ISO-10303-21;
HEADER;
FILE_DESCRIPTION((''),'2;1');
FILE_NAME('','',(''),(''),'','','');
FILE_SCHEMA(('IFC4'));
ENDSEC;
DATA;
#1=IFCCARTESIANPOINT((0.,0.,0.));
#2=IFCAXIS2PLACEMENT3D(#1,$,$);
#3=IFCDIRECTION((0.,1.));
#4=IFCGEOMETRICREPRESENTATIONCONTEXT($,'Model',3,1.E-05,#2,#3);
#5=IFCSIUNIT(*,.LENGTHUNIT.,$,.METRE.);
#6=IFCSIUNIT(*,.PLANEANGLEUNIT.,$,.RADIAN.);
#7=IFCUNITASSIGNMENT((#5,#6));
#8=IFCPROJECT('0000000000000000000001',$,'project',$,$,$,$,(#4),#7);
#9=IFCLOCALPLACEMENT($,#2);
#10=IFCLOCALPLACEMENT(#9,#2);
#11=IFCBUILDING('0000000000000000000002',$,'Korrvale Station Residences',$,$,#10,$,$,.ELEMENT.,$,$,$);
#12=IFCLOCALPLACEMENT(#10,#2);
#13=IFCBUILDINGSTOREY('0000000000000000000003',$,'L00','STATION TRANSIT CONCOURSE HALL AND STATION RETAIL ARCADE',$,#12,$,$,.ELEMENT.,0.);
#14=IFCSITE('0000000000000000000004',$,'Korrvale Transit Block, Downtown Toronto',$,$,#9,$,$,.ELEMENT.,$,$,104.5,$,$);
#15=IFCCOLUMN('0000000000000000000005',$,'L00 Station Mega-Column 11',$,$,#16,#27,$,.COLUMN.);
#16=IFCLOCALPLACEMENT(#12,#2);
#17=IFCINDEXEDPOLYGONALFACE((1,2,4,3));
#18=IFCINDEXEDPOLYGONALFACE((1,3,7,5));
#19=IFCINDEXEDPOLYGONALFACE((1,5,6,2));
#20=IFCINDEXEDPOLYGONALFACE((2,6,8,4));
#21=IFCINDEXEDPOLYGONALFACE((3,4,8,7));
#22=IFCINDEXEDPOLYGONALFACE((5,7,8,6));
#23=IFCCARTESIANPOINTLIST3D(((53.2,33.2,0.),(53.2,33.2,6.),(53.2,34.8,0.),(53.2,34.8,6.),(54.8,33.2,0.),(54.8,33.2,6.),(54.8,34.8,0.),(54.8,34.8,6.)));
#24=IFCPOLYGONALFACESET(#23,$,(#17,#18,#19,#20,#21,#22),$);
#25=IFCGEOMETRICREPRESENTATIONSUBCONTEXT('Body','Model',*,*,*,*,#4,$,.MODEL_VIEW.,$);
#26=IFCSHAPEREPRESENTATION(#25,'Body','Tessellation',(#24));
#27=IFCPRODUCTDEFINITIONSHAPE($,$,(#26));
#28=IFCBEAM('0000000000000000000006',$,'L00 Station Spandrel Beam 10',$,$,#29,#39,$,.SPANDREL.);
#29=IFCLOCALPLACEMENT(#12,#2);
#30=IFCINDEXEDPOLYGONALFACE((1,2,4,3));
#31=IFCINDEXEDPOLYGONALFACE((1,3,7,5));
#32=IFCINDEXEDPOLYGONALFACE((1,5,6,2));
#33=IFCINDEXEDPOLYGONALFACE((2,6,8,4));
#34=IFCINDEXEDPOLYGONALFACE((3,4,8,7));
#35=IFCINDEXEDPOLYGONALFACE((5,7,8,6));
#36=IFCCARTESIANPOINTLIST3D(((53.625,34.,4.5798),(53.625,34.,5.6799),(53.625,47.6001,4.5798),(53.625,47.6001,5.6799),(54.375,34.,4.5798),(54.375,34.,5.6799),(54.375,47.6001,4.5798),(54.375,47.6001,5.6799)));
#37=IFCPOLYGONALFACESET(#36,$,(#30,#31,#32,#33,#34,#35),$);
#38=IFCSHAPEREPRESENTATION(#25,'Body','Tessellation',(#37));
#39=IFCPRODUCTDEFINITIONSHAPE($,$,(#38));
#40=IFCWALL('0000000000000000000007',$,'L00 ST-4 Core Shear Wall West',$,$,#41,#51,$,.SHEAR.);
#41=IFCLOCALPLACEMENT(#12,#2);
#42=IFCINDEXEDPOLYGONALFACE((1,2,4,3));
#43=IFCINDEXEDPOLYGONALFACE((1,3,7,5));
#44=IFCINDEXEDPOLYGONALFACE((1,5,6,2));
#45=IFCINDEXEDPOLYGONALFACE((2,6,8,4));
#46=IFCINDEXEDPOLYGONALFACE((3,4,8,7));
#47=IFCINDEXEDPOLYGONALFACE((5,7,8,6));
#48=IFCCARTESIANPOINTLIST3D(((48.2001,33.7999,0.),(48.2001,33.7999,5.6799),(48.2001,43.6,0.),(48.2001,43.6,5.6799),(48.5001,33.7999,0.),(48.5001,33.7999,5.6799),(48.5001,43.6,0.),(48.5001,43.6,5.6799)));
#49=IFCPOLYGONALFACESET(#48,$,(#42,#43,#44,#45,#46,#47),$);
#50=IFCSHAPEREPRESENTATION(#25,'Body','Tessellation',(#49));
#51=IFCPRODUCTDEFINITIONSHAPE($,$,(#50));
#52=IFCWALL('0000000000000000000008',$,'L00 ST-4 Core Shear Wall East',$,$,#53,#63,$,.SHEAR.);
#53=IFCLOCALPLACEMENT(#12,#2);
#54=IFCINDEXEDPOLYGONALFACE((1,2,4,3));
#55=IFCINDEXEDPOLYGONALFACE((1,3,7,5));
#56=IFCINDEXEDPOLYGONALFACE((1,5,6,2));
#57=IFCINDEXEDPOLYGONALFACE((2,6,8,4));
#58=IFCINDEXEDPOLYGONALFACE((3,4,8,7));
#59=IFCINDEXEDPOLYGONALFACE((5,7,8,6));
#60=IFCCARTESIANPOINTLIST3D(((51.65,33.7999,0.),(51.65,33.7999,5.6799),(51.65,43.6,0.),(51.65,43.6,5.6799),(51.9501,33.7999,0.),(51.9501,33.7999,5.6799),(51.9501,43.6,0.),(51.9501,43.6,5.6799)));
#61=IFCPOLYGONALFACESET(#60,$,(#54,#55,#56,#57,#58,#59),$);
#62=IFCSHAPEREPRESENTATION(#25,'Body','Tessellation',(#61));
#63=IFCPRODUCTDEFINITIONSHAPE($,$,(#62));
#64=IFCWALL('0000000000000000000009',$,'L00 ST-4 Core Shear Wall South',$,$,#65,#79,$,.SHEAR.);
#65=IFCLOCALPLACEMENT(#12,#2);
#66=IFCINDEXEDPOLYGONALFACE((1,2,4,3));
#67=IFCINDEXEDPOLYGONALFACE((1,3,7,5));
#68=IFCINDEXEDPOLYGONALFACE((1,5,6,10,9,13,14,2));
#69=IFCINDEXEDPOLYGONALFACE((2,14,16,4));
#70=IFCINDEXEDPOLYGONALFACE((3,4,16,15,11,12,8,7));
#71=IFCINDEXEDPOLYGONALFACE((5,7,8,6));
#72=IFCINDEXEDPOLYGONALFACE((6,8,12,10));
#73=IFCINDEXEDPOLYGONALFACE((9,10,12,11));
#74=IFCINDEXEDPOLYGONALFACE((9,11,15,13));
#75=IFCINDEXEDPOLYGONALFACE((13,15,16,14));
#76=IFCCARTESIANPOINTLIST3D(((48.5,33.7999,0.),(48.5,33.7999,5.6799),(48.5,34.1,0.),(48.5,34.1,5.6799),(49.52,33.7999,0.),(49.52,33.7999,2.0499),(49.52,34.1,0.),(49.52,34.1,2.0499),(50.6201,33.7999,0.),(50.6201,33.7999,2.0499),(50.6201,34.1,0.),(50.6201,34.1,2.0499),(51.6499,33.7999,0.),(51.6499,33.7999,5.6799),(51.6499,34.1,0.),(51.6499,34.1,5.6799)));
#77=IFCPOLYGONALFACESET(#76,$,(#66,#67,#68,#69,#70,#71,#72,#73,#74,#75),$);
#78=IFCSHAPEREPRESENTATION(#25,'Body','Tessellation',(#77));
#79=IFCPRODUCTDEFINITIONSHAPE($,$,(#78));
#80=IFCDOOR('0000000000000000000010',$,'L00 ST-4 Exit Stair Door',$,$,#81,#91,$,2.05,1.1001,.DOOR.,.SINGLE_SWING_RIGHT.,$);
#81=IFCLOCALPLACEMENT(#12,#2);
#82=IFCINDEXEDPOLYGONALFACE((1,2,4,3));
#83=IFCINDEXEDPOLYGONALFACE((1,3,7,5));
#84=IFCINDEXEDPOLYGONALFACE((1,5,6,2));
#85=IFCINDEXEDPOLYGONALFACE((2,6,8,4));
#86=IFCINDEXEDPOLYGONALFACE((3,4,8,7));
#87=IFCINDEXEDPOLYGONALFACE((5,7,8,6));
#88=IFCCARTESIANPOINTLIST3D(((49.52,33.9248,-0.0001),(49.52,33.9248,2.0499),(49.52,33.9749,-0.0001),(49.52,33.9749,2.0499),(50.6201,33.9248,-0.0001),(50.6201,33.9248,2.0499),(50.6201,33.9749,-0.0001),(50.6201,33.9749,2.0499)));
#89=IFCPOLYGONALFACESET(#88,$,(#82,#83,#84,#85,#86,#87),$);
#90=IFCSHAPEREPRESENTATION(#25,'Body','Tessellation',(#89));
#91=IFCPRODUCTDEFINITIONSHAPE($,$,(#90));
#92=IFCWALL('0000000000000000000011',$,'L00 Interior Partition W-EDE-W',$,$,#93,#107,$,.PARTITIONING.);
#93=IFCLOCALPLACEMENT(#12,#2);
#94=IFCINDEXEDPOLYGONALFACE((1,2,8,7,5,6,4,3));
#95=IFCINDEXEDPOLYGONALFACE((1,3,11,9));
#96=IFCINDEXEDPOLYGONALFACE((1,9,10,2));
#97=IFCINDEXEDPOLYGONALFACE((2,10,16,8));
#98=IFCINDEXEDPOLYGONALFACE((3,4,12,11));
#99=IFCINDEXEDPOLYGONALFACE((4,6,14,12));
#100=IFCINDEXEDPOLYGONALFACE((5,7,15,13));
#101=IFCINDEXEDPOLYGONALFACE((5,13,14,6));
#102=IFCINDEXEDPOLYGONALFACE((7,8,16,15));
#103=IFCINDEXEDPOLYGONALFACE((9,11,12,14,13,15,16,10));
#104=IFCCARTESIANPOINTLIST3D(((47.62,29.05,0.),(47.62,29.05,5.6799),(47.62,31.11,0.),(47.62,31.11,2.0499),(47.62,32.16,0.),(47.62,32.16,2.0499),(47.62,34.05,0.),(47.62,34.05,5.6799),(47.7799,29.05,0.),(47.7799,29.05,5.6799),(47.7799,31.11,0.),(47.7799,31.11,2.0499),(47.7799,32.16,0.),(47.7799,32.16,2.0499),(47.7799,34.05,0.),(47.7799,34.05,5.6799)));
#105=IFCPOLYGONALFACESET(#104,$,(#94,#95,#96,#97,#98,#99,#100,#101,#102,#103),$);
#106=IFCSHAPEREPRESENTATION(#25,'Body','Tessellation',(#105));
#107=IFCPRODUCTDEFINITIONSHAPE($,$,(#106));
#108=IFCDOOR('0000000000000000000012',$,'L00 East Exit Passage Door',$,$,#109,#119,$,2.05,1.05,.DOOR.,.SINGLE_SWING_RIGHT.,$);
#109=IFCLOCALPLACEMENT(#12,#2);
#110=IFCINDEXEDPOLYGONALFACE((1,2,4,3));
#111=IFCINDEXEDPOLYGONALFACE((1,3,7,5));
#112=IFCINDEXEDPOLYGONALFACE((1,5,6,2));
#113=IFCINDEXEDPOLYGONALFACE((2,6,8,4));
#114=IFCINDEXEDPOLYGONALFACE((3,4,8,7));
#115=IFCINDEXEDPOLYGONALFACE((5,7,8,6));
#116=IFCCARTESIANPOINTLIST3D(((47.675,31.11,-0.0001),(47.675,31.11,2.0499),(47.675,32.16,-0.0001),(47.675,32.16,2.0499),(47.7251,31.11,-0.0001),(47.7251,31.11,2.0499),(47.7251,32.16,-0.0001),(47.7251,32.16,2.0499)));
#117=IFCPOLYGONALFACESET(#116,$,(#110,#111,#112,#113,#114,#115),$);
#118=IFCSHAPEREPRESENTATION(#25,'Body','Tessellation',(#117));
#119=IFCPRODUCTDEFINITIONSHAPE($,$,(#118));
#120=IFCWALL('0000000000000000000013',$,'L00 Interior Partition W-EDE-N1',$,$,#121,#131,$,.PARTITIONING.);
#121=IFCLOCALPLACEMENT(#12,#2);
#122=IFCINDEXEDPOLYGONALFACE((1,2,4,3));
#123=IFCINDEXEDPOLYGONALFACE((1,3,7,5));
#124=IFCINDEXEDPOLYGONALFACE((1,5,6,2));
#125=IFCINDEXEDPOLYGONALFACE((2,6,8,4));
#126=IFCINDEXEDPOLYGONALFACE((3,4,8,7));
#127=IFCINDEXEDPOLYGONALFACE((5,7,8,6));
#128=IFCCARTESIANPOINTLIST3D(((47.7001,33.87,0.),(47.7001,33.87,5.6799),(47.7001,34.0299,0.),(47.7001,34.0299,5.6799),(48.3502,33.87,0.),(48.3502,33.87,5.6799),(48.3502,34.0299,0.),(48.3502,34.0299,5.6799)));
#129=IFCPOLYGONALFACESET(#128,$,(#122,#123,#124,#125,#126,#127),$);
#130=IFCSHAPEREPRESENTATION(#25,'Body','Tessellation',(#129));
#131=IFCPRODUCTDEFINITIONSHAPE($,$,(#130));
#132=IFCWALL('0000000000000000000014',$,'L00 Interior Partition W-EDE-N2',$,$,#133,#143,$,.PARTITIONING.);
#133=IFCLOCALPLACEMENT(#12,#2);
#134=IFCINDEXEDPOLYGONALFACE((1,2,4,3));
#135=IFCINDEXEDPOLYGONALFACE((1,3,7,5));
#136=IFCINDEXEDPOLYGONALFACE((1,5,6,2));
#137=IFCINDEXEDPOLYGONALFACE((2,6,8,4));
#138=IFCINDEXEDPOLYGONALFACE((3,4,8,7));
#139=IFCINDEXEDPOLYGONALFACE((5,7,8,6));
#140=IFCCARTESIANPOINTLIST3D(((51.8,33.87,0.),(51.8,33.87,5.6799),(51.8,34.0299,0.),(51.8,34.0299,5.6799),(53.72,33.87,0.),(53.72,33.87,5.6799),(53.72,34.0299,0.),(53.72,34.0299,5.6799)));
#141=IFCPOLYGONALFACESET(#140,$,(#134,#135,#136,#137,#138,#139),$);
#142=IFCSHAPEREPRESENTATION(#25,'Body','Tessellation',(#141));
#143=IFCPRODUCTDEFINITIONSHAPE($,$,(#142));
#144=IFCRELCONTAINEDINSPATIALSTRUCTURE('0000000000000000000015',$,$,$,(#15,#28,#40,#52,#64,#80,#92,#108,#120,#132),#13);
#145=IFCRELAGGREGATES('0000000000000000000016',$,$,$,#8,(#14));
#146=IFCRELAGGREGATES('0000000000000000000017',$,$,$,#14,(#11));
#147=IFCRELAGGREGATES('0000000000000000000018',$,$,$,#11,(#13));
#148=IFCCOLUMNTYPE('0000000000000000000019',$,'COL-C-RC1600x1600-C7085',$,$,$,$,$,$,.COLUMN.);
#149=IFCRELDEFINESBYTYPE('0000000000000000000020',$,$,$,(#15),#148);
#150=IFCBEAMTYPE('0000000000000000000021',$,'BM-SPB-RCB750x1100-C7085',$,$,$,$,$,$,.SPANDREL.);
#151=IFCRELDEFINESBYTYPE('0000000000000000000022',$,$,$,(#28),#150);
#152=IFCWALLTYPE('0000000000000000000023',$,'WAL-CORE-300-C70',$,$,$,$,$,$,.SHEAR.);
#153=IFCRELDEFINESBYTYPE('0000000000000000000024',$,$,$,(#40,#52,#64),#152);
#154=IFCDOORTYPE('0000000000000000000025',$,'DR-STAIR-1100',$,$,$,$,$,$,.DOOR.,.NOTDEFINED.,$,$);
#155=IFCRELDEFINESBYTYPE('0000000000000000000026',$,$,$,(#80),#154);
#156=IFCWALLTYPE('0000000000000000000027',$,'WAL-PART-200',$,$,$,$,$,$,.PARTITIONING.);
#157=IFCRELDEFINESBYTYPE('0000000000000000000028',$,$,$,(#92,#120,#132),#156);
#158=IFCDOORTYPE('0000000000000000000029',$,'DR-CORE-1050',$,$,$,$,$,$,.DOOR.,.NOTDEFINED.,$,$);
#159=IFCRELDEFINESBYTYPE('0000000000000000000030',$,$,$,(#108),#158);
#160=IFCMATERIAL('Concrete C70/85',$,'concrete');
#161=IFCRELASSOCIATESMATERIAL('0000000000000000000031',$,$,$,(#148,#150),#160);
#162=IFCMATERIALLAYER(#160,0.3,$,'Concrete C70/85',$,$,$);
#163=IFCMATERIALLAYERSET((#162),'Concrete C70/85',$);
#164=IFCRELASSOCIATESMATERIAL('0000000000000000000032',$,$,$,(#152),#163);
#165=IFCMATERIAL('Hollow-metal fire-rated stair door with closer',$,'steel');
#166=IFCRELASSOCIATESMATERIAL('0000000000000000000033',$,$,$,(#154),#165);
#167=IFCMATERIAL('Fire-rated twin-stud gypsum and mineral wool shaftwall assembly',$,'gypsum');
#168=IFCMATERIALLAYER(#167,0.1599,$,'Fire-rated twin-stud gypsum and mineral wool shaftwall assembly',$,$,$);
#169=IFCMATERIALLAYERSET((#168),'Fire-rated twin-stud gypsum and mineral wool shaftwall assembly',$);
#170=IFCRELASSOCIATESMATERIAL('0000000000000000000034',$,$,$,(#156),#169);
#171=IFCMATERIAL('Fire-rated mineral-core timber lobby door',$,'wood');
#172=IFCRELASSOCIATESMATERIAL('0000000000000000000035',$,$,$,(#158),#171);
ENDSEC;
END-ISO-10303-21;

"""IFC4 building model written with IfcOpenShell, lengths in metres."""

from ifc_helpers import new_model, si_unit, direction, frame, frame_2d, origin, origin_2d, place, context, subcontext, project, spatial, rectangle, extrude, material, layer, layer_set, material_profile, profile_set, type_object, element, fill, save


model = new_model("IFC4")

# Units and contexts
model_context = context("Model", 3, precision=1e-05, world=origin(), true_north=direction((0.0, 1.0)))
body_context = subcontext(model_context, "Body", "Model", "MODEL_VIEW")
ifc_project = project(units=[si_unit("LENGTHUNIT", "METRE"), si_unit("PLANEANGLEUNIT", "RADIAN")], contexts=[model_context])

# Site, building, storey
site_placement = place(None, origin())
site = spatial("IfcSite", under=ifc_project, at=site_placement, Name="Korrvale Transit Block, Downtown Toronto", CompositionType="ELEMENT", RefElevation=104.5)
building_placement = place(site_placement, origin())
building = spatial("IfcBuilding", under=site, at=building_placement, Name="Korrvale Station Residences", CompositionType="ELEMENT")
storey_placement = place(building_placement, origin())
storey = spatial("IfcBuildingStorey", under=building, at=storey_placement, Name="L00", Description="STATION TRANSIT CONCOURSE HALL AND STATION RETAIL ARCADE", CompositionType="ELEMENT", Elevation=0.0)

# Column
ifc_material_1 = material(Name="Concrete C70/85", Category="concrete")
ifc_material_profile_1 = material_profile(ifc_material_1, rectangle(XDim=1.6001, YDim=1.6001, at=origin_2d()), Name="RC1600x1600")
ifc_profile_set_1 = profile_set([ifc_material_profile_1], Name="Concrete C70/85")
column_type = type_object("IfcColumnType", Name="COL-C-RC1600x1600-C7085", PredefinedType="COLUMN", material=ifc_profile_set_1)
column_placement = place(storey_placement, frame((54.0, 34.0, 0.0), z_axis=(0.0, 0.0, 1.0), x_axis=(1.0, 0.0, 0.0)))
element("IfcColumn", 1, at=column_placement, inside=storey, type_object=column_type, Name="L00 Station Mega-Column 11", PredefinedType="COLUMN", context=body_context, shape_type="SweptSolid", body=[
    extrude(rectangle(XDim=1.6001, YDim=1.6001, at=origin_2d()), origin(), (0.0, 0.0, 1.0), 6.0),
])

# Beam
ifc_material_profile_2 = material_profile(ifc_material_1, rectangle(XDim=0.75, YDim=1.1001, at=origin_2d()), Name="RCB750x1100")
ifc_profile_set_2 = profile_set([ifc_material_profile_2], Name="Concrete C70/85")
beam_type = type_object("IfcBeamType", Name="BM-SPB-RCB750x1100-C7085", PredefinedType="SPANDREL", material=ifc_profile_set_2)
beam_placement = place(storey_placement, frame((54.0, 34.0, 5.1299), z_axis=(0.0, 1.0, 0.0), x_axis=(-1.0, 0.0, 0.0)))
element("IfcBeam", 2, at=beam_placement, inside=storey, type_object=beam_type, Name="L00 Station Spandrel Beam 10", PredefinedType="SPANDREL", context=body_context, shape_type="SweptSolid", body=[
    extrude(rectangle(XDim=0.75, YDim=1.1001, at=origin_2d()), origin(), (0.0, 0.0, 1.0), 13.6001),
])

# Walls
ifc_layer_1 = layer(ifc_material_1, 0.3, Name="Concrete C70/85")
ifc_layer_set_1 = layer_set([ifc_layer_1], Name="Concrete C70/85")
wall_type_1 = type_object("IfcWallType", Name="WAL-CORE-300-C70", PredefinedType="SHEAR", material=ifc_layer_set_1)
for number, where, z_axis, x_axis, name in (
    (3, (48.3501, 33.8, 0.0), (0.0, 0.0, 1.0), (0.0, 1.0, 0.0), "L00 ST-4 Core Shear Wall West"),
    (4, (51.8, 33.8, 0.0), (0.0, 0.0, 1.0), (0.0, 1.0, 0.0), "L00 ST-4 Core Shear Wall East"),
):
    element("IfcWall", number, at=place(storey_placement, frame(where, z_axis=z_axis, x_axis=x_axis)), inside=storey, type_object=wall_type_1, Name=name, PredefinedType="SHEAR", context=body_context, shape_type="SweptSolid", body=[
        extrude(rectangle(XDim=9.8, YDim=0.3, at=frame_2d((4.8999, 0.0))), origin(), (0.0, 0.0, 1.0), 5.6799),
    ])

# Walls, openings, doors
wall_1_placement = place(storey_placement, frame((48.5, 33.95, 0.0), z_axis=(0.0, 0.0, 1.0), x_axis=(1.0, 0.0, 0.0)))
wall_1 = element("IfcWall", 5, at=wall_1_placement, inside=storey, type_object=wall_type_1, Name="L00 ST-4 Core Shear Wall South", PredefinedType="SHEAR", context=body_context, shape_type="SweptSolid", body=[
    extrude(rectangle(XDim=3.1499, YDim=0.3, at=frame_2d((1.575, 0.0))), origin(), (0.0, 0.0, 1.0), 5.6799),
])
opening_1_placement = place(wall_1_placement, frame((1.02, 0.0, 0.0)))
opening_1 = element("IfcOpeningElement", 6, at=opening_1_placement, cuts=wall_1, PredefinedType="OPENING", context=body_context, shape_type="SweptSolid", body=[
    extrude(rectangle(XDim=1.1001, YDim=2.05, at=frame_2d((0.55, 1.0249))), frame((0.0, 0.1602, 0.0), z_axis=(0.0, -1.0, 0.0), x_axis=(1.0, 0.0, 0.0)), (0.0, 0.0, 1.0), 0.3201),
])
ifc_material_2 = material(Name="Hollow-metal fire-rated stair door with closer", Category="steel")
door_type_1 = type_object("IfcDoorType", Name="DR-STAIR-1100", OperationType="NOTDEFINED", PredefinedType="DOOR", material=ifc_material_2)
door_1_placement = place(opening_1_placement, origin())
door_1 = element("IfcDoor", 7, at=door_1_placement, inside=storey, type_object=door_type_1, Name="L00 ST-4 Exit Stair Door", OperationType="SINGLE_SWING_RIGHT", OverallHeight=2.05, OverallWidth=1.1001, PredefinedType="DOOR", context=body_context, shape_type="SweptSolid", body=[
    extrude(rectangle(XDim=1.1001, YDim=2.05, at=frame_2d((0.55, 1.0249))), frame((0.0, 0.0249, 0.0), z_axis=(0.0, -1.0, 0.0), x_axis=(1.0, 0.0, 0.0)), (0.0, 0.0, 1.0), 0.05),
])
fill(opening_1, door_1)
ifc_material_3 = material(Name="Fire-rated twin-stud gypsum and mineral wool shaftwall assembly", Category="gypsum")
ifc_layer_2 = layer(ifc_material_3, 0.1599, Name="Fire-rated twin-stud gypsum and mineral wool shaftwall assembly")
ifc_layer_set_2 = layer_set([ifc_layer_2], Name="Fire-rated twin-stud gypsum and mineral wool shaftwall assembly")
wall_type_2 = type_object("IfcWallType", Name="WAL-PART-200", PredefinedType="PARTITIONING", material=ifc_layer_set_2)
wall_2_placement = place(storey_placement, frame((47.7, 29.05, 0.0), z_axis=(0.0, 0.0, 1.0), x_axis=(0.0, 1.0, 0.0)))
wall_2 = element("IfcWall", 8, at=wall_2_placement, inside=storey, type_object=wall_type_2, Name="L00 Interior Partition W-EDE-W", PredefinedType="PARTITIONING", context=body_context, shape_type="SweptSolid", body=[
    extrude(rectangle(XDim=5.0, YDim=0.1599, at=frame_2d((2.5, 0.0))), origin(), (0.0, 0.0, 1.0), 5.6799),
])
opening_2_placement = place(wall_2_placement, frame((2.0601, 0.0, 0.0)))
opening_2 = element("IfcOpeningElement", 9, at=opening_2_placement, cuts=wall_2, PredefinedType="OPENING", context=body_context, shape_type="SweptSolid", body=[
    extrude(rectangle(XDim=1.05, YDim=2.05, at=frame_2d((0.5249, 1.0249))), frame((0.0, 0.0898, 0.0), z_axis=(0.0, -1.0, 0.0), x_axis=(1.0, 0.0, 0.0)), (0.0, 0.0, 1.0), 0.1799),
])
ifc_material_4 = material(Name="Fire-rated mineral-core timber lobby door", Category="wood")
door_type_2 = type_object("IfcDoorType", Name="DR-CORE-1050", OperationType="NOTDEFINED", PredefinedType="DOOR", material=ifc_material_4)
door_2_placement = place(opening_2_placement, origin())
door_2 = element("IfcDoor", 10, at=door_2_placement, inside=storey, type_object=door_type_2, Name="L00 East Exit Passage Door", OperationType="SINGLE_SWING_RIGHT", OverallHeight=2.05, OverallWidth=1.05, PredefinedType="DOOR", context=body_context, shape_type="SweptSolid", body=[
    extrude(rectangle(XDim=1.05, YDim=2.05, at=frame_2d((0.5249, 1.0249))), frame((0.0, 0.0249, 0.0), z_axis=(0.0, -1.0, 0.0), x_axis=(1.0, 0.0, 0.0)), (0.0, 0.0, 1.0), 0.05),
])
fill(opening_2, door_2)

# Walls
wall_3_placement = place(storey_placement, frame((47.7, 33.95, 0.0), z_axis=(0.0, 0.0, 1.0), x_axis=(1.0, 0.0, 0.0)))
element("IfcWall", 11, at=wall_3_placement, inside=storey, type_object=wall_type_2, Name="L00 Interior Partition W-EDE-N1", PredefinedType="PARTITIONING", context=body_context, shape_type="SweptSolid", body=[
    extrude(rectangle(XDim=0.6501, YDim=0.1599, at=frame_2d((0.3252, 0.0))), origin(), (0.0, 0.0, 1.0), 5.6799),
])
wall_4_placement = place(storey_placement, frame((51.8, 33.95, 0.0), z_axis=(0.0, 0.0, 1.0), x_axis=(1.0, 0.0, 0.0)))
element("IfcWall", 12, at=wall_4_placement, inside=storey, type_object=wall_type_2, Name="L00 Interior Partition W-EDE-N2", PredefinedType="PARTITIONING", context=body_context, shape_type="SweptSolid", body=[
    extrude(rectangle(XDim=1.9199, YDim=0.1599, at=frame_2d((0.96, 0.0))), origin(), (0.0, 0.0, 1.0), 5.6799),
])

save(model, "model.ifc")
